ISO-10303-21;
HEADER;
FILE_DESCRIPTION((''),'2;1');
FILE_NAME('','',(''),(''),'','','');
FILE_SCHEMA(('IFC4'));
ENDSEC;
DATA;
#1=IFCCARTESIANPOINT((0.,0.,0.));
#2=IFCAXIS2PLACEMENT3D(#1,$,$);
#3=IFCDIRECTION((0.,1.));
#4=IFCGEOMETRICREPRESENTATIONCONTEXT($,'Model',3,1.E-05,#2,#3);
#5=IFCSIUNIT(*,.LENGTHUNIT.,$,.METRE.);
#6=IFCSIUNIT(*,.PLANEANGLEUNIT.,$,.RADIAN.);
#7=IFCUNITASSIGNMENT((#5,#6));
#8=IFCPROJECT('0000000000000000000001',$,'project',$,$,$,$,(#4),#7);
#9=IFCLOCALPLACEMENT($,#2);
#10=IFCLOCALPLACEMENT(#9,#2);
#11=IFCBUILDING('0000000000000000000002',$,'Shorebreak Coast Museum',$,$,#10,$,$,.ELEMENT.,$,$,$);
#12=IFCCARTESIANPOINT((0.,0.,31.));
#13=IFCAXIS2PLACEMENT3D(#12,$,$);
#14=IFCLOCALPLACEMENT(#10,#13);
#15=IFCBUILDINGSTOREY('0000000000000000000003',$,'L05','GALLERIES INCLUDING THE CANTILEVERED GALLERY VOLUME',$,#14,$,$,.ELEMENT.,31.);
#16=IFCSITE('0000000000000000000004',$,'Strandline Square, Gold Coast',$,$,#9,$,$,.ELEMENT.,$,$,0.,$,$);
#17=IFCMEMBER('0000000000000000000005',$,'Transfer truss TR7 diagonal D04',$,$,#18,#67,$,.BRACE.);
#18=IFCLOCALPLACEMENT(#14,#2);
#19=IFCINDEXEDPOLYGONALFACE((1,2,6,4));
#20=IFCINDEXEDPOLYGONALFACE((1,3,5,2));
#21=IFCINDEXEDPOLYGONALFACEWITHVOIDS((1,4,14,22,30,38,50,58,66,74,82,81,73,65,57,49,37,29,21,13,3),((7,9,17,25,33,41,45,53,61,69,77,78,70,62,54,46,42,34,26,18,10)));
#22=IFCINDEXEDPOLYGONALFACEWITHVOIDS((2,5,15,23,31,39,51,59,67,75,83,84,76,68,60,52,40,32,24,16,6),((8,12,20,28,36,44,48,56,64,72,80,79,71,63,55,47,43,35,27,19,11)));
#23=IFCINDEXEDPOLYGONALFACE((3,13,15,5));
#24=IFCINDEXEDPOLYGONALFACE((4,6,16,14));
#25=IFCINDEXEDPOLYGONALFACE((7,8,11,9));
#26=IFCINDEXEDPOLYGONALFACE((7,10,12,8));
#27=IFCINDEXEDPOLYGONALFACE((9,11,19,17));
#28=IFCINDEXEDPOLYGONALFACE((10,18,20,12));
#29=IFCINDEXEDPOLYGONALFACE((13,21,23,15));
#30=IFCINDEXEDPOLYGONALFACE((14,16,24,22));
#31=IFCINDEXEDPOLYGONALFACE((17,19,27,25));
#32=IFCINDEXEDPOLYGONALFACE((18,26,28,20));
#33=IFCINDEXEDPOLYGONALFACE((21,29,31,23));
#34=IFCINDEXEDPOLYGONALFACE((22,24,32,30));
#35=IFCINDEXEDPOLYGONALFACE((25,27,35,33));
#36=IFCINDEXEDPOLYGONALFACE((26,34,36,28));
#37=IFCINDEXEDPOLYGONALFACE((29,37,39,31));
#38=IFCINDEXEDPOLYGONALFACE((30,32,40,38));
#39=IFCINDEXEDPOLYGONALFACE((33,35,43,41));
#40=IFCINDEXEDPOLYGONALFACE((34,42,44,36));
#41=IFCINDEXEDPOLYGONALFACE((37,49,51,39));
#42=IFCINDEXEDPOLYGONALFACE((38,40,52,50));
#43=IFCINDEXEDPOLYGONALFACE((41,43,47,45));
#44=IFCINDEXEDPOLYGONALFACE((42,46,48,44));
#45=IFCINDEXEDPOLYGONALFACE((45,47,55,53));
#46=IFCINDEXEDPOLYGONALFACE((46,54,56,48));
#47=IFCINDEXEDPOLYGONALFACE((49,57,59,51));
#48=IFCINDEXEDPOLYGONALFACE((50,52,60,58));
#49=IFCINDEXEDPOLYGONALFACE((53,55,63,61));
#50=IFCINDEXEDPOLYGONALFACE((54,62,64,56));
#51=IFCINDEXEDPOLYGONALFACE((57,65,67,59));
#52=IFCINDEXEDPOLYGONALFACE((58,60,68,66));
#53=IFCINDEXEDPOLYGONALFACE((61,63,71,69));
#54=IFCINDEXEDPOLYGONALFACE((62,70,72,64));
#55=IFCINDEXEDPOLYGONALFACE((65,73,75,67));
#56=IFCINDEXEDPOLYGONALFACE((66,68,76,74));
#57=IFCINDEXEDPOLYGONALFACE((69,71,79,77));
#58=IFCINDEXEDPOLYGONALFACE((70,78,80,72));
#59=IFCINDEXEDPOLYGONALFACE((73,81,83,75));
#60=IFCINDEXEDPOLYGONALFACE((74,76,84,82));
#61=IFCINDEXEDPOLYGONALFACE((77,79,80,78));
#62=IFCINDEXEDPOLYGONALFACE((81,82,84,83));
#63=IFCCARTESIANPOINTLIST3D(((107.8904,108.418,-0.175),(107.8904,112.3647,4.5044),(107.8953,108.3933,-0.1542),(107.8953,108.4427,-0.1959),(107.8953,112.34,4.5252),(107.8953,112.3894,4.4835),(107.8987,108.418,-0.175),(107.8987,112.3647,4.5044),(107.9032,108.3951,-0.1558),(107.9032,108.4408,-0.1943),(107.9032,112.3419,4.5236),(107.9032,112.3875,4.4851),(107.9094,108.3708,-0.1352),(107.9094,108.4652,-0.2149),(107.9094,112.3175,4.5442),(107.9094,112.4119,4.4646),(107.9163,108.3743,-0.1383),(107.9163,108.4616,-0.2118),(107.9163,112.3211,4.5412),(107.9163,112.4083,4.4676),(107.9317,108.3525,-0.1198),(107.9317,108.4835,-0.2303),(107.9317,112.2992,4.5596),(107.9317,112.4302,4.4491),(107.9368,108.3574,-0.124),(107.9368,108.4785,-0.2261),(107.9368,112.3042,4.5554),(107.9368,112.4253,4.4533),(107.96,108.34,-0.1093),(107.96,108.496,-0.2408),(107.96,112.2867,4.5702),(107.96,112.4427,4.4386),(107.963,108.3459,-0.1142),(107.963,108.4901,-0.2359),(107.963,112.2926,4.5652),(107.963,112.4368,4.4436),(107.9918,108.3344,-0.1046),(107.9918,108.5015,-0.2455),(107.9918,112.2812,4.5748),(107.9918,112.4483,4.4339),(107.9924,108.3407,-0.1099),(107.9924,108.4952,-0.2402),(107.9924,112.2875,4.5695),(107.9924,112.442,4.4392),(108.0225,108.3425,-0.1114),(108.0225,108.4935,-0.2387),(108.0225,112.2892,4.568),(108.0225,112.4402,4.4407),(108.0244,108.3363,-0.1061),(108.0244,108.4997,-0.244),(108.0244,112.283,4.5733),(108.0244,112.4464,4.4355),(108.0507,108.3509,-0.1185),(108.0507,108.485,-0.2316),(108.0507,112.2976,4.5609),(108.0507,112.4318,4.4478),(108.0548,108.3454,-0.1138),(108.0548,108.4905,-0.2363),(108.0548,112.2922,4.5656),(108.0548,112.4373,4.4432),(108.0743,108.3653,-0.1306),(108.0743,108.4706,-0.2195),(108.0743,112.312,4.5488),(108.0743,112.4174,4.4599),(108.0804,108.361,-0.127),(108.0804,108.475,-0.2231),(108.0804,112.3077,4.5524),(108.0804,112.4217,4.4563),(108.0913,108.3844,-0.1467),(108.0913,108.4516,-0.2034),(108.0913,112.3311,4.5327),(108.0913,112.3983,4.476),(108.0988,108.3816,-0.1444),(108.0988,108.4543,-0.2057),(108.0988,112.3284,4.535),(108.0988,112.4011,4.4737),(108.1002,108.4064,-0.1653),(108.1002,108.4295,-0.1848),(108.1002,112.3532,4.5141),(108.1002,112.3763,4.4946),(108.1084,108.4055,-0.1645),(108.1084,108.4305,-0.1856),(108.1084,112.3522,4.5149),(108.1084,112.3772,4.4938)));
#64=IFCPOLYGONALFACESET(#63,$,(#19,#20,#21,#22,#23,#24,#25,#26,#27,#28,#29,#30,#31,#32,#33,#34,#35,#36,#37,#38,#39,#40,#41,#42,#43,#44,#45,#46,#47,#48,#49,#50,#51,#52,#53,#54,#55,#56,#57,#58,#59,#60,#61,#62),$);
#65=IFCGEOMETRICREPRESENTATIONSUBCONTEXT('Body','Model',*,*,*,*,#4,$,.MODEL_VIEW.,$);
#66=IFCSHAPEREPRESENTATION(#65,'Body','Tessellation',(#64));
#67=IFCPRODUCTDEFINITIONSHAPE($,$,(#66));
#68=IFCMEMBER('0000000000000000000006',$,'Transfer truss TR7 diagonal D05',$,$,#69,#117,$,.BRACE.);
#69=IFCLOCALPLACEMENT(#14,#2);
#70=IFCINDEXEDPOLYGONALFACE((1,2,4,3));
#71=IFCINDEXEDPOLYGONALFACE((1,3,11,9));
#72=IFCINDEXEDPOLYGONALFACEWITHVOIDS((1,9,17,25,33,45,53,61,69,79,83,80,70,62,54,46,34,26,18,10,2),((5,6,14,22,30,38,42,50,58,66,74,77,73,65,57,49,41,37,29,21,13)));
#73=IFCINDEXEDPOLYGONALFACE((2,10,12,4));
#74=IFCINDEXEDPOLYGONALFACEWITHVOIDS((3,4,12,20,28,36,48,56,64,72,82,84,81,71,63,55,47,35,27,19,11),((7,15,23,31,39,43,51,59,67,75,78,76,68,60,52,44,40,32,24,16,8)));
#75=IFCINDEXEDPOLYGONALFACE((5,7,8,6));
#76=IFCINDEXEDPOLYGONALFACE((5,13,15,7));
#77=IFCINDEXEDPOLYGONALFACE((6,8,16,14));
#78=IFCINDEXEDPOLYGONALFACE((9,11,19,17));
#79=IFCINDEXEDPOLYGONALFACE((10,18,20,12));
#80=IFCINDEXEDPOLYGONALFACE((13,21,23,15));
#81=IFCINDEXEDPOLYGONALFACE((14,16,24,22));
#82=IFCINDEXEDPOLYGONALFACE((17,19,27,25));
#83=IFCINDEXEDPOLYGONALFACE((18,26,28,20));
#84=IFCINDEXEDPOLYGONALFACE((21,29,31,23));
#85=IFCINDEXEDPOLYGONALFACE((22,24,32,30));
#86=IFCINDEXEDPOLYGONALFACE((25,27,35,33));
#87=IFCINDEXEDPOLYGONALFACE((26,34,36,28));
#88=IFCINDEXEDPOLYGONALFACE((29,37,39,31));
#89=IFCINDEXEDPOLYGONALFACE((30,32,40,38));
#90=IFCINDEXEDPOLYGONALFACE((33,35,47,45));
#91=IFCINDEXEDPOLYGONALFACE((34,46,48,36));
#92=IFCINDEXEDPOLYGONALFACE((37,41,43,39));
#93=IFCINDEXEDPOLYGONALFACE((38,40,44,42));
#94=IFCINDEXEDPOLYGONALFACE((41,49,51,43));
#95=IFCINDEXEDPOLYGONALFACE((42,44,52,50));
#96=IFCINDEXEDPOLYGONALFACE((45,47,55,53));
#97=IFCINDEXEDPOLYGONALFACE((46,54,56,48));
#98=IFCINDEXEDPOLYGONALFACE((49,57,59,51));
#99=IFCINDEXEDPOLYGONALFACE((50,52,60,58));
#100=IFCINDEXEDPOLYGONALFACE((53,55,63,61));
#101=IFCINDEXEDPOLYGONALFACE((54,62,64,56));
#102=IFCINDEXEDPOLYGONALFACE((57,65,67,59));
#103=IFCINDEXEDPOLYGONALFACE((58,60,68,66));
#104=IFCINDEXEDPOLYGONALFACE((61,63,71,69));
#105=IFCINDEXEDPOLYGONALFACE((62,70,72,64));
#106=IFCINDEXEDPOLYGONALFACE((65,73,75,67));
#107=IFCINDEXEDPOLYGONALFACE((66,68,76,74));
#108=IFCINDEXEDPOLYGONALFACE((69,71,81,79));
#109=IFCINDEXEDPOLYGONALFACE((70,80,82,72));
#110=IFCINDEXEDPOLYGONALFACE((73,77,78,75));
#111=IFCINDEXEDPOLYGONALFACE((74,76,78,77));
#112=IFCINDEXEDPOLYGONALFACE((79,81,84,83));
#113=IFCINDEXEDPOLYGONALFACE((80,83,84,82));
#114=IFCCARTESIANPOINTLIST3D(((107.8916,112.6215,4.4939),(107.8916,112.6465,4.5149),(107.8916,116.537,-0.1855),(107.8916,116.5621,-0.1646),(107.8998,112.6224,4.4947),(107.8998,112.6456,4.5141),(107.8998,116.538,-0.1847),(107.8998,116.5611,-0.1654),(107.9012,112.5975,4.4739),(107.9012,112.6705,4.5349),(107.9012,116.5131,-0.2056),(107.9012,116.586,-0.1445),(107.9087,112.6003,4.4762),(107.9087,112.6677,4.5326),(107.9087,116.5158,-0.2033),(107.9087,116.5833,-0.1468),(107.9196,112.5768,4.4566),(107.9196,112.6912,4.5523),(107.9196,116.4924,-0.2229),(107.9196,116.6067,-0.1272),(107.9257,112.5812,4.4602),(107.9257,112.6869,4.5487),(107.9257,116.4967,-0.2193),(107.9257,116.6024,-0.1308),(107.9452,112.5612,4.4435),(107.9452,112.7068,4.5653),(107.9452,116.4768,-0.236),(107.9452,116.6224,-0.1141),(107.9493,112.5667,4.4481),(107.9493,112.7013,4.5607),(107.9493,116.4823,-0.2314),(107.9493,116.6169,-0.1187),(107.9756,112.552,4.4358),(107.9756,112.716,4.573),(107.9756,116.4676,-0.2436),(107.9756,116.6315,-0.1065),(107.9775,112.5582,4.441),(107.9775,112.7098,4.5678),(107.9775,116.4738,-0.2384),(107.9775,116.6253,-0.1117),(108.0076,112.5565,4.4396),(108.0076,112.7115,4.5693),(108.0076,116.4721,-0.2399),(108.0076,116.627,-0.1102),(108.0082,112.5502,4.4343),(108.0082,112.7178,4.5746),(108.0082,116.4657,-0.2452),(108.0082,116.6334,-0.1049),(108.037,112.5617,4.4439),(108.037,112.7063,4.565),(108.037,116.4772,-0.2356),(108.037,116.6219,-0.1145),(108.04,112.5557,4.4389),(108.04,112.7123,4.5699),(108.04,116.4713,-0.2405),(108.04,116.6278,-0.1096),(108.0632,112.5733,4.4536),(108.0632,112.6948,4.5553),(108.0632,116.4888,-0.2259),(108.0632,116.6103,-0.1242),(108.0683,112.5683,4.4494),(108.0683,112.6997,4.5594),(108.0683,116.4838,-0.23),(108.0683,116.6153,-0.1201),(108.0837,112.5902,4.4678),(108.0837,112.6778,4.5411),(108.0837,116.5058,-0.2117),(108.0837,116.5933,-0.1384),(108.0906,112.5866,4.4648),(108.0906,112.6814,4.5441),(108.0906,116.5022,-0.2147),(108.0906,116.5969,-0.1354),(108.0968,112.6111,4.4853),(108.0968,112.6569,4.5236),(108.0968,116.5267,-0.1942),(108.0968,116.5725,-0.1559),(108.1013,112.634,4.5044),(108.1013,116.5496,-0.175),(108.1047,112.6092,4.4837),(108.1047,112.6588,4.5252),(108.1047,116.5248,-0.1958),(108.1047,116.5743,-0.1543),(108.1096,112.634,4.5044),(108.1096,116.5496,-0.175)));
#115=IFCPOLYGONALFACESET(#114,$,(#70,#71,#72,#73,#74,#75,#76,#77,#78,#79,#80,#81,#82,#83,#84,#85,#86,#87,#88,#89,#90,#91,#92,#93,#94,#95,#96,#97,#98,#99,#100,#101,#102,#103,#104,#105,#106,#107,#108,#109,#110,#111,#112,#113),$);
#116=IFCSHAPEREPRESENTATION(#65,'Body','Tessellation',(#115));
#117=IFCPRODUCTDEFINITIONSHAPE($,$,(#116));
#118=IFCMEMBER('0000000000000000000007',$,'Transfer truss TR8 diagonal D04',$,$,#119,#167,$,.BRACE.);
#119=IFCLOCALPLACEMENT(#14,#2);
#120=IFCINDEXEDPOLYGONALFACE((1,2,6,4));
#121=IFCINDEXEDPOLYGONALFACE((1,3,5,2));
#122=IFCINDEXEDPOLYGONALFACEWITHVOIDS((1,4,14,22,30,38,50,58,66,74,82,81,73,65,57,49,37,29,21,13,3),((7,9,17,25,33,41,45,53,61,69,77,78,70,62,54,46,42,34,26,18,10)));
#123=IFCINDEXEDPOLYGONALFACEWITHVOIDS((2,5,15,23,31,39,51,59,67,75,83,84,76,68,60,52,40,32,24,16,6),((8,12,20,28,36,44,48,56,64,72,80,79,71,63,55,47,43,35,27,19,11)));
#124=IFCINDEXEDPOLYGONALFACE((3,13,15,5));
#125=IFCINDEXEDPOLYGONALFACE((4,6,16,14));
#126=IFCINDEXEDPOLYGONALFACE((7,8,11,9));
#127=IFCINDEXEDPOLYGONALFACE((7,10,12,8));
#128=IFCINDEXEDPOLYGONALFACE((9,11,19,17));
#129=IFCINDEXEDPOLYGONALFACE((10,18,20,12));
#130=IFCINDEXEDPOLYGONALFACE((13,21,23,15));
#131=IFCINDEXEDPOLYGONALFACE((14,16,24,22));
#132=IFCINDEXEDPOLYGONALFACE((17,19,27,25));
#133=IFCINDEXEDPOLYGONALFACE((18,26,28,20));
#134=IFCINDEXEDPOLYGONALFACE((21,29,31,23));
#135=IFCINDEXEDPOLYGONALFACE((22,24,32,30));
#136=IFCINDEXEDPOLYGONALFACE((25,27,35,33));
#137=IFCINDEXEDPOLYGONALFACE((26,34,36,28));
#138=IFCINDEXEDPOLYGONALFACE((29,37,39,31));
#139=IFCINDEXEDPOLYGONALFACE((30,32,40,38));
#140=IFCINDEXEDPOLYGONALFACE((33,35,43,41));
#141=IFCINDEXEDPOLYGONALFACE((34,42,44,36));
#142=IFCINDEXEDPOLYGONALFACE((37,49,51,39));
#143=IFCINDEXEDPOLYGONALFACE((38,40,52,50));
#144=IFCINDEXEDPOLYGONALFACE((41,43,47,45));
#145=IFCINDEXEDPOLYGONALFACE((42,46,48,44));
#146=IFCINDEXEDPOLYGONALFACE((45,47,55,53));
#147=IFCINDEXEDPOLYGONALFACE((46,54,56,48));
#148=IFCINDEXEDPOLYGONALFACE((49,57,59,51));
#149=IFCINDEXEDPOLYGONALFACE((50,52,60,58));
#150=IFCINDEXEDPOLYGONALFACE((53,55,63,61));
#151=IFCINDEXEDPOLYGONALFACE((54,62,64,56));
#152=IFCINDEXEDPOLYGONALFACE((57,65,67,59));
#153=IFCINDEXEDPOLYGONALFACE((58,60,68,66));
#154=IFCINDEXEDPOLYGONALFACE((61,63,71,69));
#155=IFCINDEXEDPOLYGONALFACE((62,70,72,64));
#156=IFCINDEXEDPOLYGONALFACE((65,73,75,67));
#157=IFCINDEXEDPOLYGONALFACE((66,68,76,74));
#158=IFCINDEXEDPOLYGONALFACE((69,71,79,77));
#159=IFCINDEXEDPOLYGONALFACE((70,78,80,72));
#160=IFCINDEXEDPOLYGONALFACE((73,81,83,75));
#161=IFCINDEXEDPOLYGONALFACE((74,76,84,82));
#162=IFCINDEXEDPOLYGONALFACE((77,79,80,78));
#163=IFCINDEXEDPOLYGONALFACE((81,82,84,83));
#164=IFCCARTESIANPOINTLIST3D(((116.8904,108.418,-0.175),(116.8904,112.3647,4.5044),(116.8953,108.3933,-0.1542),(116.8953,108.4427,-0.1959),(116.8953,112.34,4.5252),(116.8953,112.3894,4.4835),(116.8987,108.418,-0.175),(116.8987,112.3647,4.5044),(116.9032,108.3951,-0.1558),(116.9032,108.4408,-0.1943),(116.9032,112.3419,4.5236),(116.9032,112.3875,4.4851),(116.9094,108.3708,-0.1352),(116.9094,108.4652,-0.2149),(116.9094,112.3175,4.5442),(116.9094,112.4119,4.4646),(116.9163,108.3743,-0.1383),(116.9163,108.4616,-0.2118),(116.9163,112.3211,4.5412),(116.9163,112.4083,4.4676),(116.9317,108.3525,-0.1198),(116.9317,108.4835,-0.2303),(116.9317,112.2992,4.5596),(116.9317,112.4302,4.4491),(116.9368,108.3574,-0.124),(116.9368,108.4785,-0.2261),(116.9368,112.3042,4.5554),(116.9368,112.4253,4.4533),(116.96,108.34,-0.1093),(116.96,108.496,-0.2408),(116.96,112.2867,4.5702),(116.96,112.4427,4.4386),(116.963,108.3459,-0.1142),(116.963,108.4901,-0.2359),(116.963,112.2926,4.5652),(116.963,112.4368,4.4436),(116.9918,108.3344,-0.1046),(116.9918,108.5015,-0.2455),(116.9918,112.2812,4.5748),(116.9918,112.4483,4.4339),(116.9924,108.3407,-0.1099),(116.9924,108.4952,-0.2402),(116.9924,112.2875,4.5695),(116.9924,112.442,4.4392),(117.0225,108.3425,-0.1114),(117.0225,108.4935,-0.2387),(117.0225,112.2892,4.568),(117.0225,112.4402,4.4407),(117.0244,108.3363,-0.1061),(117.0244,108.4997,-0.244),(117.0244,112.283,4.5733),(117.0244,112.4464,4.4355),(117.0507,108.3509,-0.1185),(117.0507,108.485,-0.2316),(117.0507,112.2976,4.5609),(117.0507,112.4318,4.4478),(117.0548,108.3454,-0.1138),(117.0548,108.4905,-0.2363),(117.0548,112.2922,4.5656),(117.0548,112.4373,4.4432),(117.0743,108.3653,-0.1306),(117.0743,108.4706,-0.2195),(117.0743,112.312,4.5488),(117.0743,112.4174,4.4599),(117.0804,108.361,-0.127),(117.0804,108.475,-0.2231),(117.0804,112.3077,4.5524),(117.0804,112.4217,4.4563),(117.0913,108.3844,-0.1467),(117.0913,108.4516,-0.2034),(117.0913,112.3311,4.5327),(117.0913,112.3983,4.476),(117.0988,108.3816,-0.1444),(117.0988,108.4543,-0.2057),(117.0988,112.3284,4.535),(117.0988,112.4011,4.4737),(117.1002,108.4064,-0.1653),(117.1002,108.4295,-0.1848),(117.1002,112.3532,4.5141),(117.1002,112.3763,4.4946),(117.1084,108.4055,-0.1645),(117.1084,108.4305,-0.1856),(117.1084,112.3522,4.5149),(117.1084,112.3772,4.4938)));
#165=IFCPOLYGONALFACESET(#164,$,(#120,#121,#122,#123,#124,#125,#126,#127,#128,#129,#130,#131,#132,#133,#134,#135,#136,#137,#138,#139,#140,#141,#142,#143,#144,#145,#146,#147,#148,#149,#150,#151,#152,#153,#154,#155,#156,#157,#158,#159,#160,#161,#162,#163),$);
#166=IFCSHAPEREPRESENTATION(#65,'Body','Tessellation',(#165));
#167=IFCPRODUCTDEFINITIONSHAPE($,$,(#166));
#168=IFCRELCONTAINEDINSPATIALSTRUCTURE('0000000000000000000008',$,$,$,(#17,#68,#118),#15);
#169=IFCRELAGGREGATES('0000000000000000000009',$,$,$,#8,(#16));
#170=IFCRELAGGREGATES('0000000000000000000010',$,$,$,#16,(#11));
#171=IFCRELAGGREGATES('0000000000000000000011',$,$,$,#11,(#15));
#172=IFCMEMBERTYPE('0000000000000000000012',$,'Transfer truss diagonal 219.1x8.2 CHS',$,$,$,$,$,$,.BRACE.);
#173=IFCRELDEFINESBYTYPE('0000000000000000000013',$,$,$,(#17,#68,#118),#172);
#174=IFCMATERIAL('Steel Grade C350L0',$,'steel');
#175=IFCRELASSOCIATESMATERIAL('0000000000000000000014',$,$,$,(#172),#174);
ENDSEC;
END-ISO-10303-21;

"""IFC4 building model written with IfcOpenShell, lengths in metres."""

from ifc_helpers import new_model, si_unit, direction, frame, origin, origin_2d, place, context, subcontext, project, spatial, hollow_circle, extrude, material, material_profile, profile_set, type_object, element, save


model = new_model("IFC4")

# Units and contexts
model_context = context("Model", 3, precision=1e-05, world=origin(), true_north=direction((0.0, 1.0)))
body_context = subcontext(model_context, "Body", "Model", "MODEL_VIEW")
ifc_project = project(units=[si_unit("LENGTHUNIT", "METRE"), si_unit("PLANEANGLEUNIT", "RADIAN")], contexts=[model_context])

# Site, building, storey
site_placement = place(None, origin())
site = spatial("IfcSite", under=ifc_project, at=site_placement, Name="Strandline Square, Gold Coast", CompositionType="ELEMENT", RefElevation=0.0)
building_placement = place(site_placement, origin())
building = spatial("IfcBuilding", under=site, at=building_placement, Name="Shorebreak Coast Museum", CompositionType="ELEMENT")
storey_placement = place(building_placement, frame((0.0, 0.0, 31.0)))
storey = spatial("IfcBuildingStorey", under=building, at=storey_placement, Name="L05", Description="GALLERIES INCLUDING THE CANTILEVERED GALLERY VOLUME", CompositionType="ELEMENT", Elevation=31.0)

# Members
ifc_material_1 = material(Name="Steel Grade C350L0", Category="steel")
ifc_material_profile_1 = material_profile(ifc_material_1, hollow_circle(Radius=0.1096, WallThickness=0.0083, at=origin_2d()), Name="219.1x8.2 CHS")
ifc_profile_set_1 = profile_set([ifc_material_profile_1], Name="Steel Grade C350L0")
member_type_1 = type_object("IfcMemberType", Name="Transfer truss diagonal 219.1x8.2 CHS", PredefinedType="BRACE", material=ifc_profile_set_1)
member_1_placement = place(storey_placement, frame((108.0, 108.418, -0.175), z_axis=(0.0, 0.644728, 0.764412), x_axis=(-1.0, 0.0, 0.0)))
element("IfcMember", 1, at=member_1_placement, inside=storey, type_object=member_type_1, Name="Transfer truss TR7 diagonal D04", PredefinedType="BRACE", context=body_context, shape_type="SweptSolid", body=[
    extrude(hollow_circle(Radius=0.1096, WallThickness=0.0083, at=origin_2d()), origin(), (0.0, 0.0, 1.0), 6.1216),
])
member_2_placement = place(storey_placement, frame((108.0, 116.5496, -0.175), z_axis=(0.0, -0.64173, 0.766931), x_axis=(1.0, 0.0, 0.0)))
element("IfcMember", 2, at=member_2_placement, inside=storey, type_object=member_type_1, Name="Transfer truss TR7 diagonal D05", PredefinedType="BRACE", context=body_context, shape_type="SweptSolid", body=[
    extrude(hollow_circle(Radius=0.1096, WallThickness=0.0083, at=origin_2d()), origin(), (0.0, 0.0, 1.0), 6.1016),
])
member_3_placement = place(storey_placement, frame((117.0, 108.418, -0.175), z_axis=(0.0, 0.644728, 0.764412), x_axis=(-1.0, 0.0, 0.0)))
element("IfcMember", 3, at=member_3_placement, inside=storey, type_object=member_type_1, Name="Transfer truss TR8 diagonal D04", PredefinedType="BRACE", context=body_context, shape_type="SweptSolid", body=[
    extrude(hollow_circle(Radius=0.1096, WallThickness=0.0083, at=origin_2d()), origin(), (0.0, 0.0, 1.0), 6.1216),
])

save(model, "model.ifc")
